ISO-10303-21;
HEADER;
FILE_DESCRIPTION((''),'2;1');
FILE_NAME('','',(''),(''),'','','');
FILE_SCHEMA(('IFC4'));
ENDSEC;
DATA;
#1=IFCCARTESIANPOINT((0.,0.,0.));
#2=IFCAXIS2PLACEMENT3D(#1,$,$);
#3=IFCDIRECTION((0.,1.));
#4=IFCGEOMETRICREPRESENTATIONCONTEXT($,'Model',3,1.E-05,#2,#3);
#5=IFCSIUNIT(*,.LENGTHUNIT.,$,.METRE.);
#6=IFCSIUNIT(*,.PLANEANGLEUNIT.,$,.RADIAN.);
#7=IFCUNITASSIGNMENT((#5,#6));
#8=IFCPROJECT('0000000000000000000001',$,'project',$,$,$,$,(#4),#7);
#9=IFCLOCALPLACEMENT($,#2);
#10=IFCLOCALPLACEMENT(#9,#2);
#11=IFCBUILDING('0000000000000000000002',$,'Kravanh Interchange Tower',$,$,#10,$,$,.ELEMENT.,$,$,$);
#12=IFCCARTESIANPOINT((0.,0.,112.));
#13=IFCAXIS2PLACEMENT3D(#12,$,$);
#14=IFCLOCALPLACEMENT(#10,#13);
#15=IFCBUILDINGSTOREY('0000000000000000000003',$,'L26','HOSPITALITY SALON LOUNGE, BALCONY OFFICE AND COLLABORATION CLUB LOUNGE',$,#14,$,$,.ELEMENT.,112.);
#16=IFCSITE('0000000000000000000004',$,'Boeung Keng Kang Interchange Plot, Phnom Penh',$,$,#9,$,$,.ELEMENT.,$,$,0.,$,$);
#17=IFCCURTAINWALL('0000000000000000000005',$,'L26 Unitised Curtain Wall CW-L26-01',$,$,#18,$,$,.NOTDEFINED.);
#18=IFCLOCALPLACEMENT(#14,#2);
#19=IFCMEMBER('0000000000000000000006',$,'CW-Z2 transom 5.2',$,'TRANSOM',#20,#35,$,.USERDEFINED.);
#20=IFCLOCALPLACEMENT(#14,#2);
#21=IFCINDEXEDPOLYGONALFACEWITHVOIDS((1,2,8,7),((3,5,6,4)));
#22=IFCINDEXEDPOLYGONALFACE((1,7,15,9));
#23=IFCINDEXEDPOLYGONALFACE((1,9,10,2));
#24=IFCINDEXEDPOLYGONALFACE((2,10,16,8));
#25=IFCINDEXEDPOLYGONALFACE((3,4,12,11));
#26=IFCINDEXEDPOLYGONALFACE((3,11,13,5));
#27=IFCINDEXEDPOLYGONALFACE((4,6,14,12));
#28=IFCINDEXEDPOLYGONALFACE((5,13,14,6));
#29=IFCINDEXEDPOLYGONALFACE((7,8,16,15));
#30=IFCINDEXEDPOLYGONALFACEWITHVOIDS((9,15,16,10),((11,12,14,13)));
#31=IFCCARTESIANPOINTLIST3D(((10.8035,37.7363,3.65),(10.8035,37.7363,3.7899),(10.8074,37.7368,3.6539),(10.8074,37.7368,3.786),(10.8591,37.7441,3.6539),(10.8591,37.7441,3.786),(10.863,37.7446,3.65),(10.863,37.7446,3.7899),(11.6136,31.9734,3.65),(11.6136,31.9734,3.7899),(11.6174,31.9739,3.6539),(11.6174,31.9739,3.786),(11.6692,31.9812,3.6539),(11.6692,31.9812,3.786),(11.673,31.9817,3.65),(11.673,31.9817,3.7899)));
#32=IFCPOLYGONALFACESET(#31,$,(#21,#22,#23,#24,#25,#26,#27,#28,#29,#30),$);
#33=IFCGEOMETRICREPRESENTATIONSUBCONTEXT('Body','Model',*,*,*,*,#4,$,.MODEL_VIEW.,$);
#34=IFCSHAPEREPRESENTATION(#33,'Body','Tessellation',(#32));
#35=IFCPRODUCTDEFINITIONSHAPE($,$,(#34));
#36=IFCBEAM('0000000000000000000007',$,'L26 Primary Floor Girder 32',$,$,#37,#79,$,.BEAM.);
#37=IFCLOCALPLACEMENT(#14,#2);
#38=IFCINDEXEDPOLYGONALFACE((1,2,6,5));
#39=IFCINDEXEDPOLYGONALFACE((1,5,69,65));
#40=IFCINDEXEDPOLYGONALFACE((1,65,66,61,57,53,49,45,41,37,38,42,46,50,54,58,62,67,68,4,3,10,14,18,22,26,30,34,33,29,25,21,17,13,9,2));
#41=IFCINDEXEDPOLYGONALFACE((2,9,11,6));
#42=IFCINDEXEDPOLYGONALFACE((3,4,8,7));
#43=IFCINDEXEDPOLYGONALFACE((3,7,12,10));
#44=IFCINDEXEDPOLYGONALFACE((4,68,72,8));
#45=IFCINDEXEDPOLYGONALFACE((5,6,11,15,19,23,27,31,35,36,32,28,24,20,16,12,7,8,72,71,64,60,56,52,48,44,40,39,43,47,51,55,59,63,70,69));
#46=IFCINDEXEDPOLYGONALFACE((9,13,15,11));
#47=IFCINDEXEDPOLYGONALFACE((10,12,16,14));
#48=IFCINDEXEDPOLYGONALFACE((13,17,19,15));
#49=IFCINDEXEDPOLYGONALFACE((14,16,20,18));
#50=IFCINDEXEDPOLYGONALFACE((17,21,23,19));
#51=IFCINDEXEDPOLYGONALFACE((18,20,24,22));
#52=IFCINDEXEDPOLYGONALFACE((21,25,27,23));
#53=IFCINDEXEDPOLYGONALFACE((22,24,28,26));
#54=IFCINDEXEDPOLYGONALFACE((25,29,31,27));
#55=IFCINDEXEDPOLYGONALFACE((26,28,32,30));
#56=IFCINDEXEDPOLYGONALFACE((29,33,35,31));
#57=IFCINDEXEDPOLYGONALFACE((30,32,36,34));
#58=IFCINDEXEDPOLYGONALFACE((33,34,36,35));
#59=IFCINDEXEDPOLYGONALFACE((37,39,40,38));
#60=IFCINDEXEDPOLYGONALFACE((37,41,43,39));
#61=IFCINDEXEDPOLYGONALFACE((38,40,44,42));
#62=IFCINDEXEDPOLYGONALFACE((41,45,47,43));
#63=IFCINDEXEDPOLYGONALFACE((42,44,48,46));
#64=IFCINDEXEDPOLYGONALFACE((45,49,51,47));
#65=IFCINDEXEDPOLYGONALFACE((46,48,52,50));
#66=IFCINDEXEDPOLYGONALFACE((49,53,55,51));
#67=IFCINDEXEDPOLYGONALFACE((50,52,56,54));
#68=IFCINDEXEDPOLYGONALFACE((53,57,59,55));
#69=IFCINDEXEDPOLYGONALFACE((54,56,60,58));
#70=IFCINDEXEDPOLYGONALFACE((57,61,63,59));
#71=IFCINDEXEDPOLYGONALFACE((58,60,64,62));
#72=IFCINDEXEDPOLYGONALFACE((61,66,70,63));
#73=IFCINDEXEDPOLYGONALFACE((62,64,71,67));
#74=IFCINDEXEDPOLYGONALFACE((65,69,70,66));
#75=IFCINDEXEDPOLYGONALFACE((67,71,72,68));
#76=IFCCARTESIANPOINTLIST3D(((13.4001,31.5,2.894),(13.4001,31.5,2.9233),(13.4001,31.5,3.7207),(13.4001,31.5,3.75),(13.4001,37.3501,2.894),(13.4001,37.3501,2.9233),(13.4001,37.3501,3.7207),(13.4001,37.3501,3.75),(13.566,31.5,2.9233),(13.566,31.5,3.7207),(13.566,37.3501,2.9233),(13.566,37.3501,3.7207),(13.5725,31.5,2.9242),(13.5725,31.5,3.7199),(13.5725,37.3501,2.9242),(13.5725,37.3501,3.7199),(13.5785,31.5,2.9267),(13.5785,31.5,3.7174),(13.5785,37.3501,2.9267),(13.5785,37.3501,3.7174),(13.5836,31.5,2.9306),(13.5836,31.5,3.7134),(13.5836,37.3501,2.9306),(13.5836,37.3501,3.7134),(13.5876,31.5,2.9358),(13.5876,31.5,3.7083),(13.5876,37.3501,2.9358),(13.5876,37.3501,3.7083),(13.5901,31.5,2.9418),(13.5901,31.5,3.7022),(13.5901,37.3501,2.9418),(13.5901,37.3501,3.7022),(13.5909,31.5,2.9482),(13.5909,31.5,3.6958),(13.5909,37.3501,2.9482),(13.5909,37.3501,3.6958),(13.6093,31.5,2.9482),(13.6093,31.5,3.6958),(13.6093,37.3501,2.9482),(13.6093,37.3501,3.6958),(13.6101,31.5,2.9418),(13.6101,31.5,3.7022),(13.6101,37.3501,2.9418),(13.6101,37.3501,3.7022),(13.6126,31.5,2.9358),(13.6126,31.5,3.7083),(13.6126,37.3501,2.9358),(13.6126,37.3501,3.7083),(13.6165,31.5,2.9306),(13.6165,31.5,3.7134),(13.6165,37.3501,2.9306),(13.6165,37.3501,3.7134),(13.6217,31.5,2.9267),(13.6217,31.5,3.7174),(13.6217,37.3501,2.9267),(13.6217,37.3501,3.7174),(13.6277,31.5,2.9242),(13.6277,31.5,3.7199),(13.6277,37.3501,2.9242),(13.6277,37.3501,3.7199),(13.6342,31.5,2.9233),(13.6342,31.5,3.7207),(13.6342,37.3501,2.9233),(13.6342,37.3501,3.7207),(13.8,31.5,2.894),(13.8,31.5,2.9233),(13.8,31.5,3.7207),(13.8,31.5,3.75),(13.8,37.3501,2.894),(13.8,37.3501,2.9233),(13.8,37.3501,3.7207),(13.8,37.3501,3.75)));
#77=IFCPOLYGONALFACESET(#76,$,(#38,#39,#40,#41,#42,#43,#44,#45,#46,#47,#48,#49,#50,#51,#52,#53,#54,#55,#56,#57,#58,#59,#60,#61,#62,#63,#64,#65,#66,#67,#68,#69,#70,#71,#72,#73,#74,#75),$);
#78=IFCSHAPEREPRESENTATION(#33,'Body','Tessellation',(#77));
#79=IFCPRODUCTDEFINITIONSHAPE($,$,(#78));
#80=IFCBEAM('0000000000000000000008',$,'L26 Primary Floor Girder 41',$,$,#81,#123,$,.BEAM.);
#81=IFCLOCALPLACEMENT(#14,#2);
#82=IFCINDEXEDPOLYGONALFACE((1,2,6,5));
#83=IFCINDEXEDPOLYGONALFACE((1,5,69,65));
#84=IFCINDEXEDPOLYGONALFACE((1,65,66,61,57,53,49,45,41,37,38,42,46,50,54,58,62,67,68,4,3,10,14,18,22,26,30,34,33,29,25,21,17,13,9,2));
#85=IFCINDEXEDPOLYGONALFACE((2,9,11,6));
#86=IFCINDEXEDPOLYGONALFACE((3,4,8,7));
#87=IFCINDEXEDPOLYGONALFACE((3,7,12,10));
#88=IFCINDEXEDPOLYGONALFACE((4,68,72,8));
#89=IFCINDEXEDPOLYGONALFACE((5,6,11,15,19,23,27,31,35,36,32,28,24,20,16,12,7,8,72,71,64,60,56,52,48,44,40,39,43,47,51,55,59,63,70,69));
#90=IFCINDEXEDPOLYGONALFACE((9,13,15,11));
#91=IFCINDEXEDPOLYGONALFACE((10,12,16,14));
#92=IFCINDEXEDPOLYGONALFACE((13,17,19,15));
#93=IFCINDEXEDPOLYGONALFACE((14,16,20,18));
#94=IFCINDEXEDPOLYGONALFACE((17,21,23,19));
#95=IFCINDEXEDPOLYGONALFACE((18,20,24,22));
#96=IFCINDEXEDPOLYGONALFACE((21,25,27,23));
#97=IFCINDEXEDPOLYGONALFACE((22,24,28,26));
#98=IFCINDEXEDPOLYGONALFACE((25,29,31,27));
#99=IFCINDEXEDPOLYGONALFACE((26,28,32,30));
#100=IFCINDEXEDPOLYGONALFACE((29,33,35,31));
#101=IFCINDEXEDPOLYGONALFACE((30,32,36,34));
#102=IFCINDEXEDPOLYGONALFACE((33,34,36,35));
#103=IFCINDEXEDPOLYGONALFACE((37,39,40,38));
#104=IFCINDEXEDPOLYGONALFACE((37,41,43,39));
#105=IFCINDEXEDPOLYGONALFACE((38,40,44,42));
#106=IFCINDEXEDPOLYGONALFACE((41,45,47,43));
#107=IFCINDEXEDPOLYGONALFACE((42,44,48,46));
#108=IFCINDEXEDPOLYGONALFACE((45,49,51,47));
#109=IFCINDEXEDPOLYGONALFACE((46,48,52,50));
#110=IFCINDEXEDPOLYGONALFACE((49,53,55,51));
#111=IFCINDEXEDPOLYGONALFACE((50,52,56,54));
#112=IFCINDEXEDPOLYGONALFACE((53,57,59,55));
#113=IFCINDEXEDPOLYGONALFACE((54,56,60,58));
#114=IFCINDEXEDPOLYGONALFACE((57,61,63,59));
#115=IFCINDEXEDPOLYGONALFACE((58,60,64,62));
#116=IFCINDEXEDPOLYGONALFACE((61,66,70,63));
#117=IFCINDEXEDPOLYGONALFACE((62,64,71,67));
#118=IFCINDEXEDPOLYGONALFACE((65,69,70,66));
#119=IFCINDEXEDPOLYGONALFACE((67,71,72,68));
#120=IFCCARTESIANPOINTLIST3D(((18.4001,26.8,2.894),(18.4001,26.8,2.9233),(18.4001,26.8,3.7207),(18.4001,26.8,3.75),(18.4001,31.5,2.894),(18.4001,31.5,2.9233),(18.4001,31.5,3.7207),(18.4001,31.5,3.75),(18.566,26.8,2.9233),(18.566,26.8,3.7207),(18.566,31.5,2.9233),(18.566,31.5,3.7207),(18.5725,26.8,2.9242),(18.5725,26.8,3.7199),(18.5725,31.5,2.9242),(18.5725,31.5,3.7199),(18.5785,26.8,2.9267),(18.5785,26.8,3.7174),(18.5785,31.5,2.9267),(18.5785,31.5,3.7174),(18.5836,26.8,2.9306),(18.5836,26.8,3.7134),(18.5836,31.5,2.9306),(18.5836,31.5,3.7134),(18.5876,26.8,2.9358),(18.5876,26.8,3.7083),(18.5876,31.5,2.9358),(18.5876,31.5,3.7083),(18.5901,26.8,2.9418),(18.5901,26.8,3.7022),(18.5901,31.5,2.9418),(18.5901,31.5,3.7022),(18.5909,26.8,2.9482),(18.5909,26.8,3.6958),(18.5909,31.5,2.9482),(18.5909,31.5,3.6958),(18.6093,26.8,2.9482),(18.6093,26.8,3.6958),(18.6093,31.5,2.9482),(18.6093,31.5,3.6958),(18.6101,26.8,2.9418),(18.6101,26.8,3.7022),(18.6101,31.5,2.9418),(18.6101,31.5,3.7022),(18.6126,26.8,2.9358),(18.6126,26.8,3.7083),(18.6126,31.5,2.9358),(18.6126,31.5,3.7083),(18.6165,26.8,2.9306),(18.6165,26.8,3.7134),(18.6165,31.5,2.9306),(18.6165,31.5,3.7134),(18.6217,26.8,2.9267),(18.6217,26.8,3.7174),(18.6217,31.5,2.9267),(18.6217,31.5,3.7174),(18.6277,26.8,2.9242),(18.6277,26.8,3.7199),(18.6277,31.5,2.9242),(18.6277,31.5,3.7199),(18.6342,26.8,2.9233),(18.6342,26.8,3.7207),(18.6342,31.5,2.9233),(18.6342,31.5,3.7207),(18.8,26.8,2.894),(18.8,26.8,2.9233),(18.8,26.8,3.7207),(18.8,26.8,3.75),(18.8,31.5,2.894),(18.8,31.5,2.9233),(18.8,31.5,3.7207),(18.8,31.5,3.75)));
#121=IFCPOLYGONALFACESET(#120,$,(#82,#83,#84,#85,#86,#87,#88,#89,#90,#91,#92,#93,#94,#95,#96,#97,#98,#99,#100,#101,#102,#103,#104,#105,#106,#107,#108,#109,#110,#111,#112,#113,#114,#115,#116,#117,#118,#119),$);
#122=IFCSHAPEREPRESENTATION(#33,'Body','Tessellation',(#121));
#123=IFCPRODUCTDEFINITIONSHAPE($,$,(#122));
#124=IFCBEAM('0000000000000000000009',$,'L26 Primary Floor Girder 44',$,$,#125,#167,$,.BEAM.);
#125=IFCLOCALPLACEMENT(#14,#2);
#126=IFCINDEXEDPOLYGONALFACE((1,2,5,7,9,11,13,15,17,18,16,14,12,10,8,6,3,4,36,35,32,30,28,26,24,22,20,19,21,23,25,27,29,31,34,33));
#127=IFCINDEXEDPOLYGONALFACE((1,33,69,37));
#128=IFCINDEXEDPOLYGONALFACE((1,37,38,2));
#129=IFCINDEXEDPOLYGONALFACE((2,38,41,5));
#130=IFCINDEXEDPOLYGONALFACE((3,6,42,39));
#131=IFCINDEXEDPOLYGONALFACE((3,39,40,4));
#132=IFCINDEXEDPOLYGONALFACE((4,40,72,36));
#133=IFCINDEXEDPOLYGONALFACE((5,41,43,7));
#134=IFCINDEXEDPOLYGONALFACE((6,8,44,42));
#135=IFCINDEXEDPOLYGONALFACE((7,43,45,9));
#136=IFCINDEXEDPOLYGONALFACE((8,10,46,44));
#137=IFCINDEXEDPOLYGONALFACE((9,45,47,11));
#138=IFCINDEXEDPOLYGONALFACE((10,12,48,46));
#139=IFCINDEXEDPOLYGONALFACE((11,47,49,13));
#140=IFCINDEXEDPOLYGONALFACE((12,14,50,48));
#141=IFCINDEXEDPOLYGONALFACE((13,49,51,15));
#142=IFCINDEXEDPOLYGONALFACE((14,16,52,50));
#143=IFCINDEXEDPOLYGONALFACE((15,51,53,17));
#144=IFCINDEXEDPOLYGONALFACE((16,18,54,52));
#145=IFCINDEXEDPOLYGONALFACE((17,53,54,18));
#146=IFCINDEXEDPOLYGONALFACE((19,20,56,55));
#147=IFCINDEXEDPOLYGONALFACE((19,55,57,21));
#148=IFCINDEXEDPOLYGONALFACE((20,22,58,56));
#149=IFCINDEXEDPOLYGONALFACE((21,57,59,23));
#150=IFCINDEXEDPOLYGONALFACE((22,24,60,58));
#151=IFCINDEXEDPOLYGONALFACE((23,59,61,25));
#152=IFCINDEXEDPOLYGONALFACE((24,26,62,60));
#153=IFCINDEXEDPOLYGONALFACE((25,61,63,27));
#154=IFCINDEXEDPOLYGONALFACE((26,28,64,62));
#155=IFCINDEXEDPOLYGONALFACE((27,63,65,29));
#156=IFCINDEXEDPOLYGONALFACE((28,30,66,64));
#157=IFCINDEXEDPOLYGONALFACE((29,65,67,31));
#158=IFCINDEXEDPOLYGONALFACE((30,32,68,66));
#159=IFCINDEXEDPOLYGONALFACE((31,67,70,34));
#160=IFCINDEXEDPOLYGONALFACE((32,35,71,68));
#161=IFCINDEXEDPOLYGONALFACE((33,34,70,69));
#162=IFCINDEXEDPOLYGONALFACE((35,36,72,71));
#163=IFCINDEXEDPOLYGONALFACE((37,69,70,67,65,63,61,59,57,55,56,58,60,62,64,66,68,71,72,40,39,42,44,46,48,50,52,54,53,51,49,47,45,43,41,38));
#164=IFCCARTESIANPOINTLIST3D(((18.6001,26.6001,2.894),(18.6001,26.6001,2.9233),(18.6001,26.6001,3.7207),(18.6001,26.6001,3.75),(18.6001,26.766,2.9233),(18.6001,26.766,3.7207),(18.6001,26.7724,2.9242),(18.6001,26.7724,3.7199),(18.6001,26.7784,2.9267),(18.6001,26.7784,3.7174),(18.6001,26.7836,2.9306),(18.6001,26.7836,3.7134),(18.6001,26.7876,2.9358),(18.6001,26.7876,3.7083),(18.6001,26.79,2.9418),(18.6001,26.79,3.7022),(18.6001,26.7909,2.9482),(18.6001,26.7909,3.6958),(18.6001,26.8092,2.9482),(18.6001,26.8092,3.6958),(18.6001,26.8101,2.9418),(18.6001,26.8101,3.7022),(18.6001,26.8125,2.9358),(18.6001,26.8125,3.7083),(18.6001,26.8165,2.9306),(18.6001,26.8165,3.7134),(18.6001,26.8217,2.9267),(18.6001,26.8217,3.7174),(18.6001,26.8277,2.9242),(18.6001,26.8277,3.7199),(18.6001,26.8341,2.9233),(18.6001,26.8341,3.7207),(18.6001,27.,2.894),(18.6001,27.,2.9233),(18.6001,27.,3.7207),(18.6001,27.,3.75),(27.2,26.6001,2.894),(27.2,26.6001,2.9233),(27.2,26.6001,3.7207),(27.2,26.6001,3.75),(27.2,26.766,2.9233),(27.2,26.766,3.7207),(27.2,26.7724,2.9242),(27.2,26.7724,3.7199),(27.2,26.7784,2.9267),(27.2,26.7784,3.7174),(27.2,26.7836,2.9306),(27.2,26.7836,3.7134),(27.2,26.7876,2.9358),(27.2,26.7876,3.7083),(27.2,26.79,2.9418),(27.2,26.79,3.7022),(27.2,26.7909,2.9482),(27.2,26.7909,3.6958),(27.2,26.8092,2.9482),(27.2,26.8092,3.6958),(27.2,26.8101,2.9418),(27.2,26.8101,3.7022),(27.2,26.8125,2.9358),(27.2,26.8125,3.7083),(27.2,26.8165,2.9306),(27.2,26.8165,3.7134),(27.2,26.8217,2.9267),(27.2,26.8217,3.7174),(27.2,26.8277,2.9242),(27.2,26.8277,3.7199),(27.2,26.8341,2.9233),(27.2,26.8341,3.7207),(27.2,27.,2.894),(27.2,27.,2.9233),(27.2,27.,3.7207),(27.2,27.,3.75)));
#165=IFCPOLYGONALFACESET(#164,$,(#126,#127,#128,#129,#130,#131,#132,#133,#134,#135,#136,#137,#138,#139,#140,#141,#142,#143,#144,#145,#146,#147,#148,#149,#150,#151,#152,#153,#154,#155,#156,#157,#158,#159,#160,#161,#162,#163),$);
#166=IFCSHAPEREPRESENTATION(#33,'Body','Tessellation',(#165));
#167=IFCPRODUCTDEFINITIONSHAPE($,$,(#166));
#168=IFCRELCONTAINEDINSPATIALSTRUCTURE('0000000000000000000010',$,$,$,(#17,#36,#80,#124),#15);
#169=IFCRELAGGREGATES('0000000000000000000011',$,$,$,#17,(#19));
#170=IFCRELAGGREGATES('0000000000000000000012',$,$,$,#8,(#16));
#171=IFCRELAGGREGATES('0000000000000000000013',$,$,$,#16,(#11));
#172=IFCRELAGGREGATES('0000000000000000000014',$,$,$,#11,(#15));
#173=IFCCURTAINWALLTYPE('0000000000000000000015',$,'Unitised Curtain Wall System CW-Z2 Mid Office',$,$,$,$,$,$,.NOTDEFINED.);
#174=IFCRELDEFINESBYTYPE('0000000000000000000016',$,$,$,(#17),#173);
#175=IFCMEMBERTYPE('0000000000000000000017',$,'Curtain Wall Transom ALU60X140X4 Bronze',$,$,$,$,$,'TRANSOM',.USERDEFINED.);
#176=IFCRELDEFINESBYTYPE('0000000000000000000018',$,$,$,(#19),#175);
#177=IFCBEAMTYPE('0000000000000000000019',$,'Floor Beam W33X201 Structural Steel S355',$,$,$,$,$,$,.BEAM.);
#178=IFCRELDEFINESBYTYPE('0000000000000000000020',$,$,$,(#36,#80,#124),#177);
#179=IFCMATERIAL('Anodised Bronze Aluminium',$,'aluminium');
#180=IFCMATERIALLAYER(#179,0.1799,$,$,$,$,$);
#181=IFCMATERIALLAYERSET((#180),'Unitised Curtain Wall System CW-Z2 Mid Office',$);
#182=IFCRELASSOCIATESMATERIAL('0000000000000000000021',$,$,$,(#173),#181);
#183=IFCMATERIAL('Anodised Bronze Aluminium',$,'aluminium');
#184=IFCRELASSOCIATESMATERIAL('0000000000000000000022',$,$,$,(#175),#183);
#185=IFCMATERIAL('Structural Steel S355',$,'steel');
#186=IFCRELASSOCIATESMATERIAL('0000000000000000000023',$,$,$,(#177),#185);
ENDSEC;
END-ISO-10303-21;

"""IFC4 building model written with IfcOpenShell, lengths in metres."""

from ifc_helpers import new_model, si_unit, direction, frame, origin, origin_2d, place, context, subcontext, project, spatial, hollow_rectangle, i_section, extrude, material, layer, layer_set, material_profile, profile_set, type_object, element, aggregate, save


model = new_model("IFC4")

# Units and contexts
model_context = context("Model", 3, precision=1e-05, world=origin(), true_north=direction((0.0, 1.0)))
body_context = subcontext(model_context, "Body", "Model", "MODEL_VIEW")
ifc_project = project(units=[si_unit("LENGTHUNIT", "METRE"), si_unit("PLANEANGLEUNIT", "RADIAN")], contexts=[model_context])

# Site, building, storey
site_placement = place(None, origin())
site = spatial("IfcSite", under=ifc_project, at=site_placement, Name="Boeung Keng Kang Interchange Plot, Phnom Penh", CompositionType="ELEMENT", RefElevation=0.0)
building_placement = place(site_placement, origin())
building = spatial("IfcBuilding", under=site, at=building_placement, Name="Kravanh Interchange Tower", CompositionType="ELEMENT")
storey_placement = place(building_placement, frame((0.0, 0.0, 112.0)))
storey = spatial("IfcBuildingStorey", under=building, at=storey_placement, Name="L26", Description="HOSPITALITY SALON LOUNGE, BALCONY OFFICE AND COLLABORATION CLUB LOUNGE", CompositionType="ELEMENT", Elevation=112.0)

# Curtain wall, member
ifc_material_1 = material(Name="Anodised Bronze Aluminium", Category="aluminium")
ifc_layer_1 = layer(ifc_material_1, 0.1799)
ifc_layer_set_1 = layer_set([ifc_layer_1], Name="Unitised Curtain Wall System CW-Z2 Mid Office")
curtain_wall_type = type_object("IfcCurtainWallType", Name="Unitised Curtain Wall System CW-Z2 Mid Office", PredefinedType="NOTDEFINED", material=ifc_layer_set_1)
curtain_wall_placement = place(storey_placement, origin())
curtain_wall = element("IfcCurtainWall", 1, at=curtain_wall_placement, inside=storey, type_object=curtain_wall_type, Name="L26 Unitised Curtain Wall CW-L26-01", PredefinedType="NOTDEFINED")
ifc_material_2 = material(Name="Anodised Bronze Aluminium", Category="aluminium")
ifc_material_profile_1 = material_profile(ifc_material_2, hollow_rectangle(XDim=0.0601, YDim=0.1399, WallThickness=0.0039, at=origin_2d()), Name="ALU60X140X4")
ifc_profile_set_1 = profile_set([ifc_material_profile_1], Name="Anodised Bronze Aluminium")
member_type_1 = type_object("IfcMemberType", Name="Curtain Wall Transom ALU60X140X4 Bronze", ElementType="TRANSOM", PredefinedType="USERDEFINED", material=ifc_profile_set_1)
member_1_placement = place(storey_placement, frame((11.6433, 31.9775, 3.72), z_axis=(-0.139195, 0.990265, 0.0), x_axis=(-0.990265, -0.139195, 0.0)))
member_1 = element("IfcMember", 2, at=member_1_placement, type_object=member_type_1, Name="CW-Z2 transom 5.2", ObjectType="TRANSOM", PredefinedType="USERDEFINED", context=body_context, shape_type="SweptSolid", body=[
    extrude(hollow_rectangle(XDim=0.0601, YDim=0.1399, WallThickness=0.0039, at=origin_2d()), origin(), (0.0, 0.0, 1.0), 5.8196),
])

# Beams
ifc_material_3 = material(Name="Structural Steel S355", Category="steel")
ifc_material_profile_2 = material_profile(ifc_material_3, i_section(OverallWidth=0.3999, OverallDepth=0.856, WebThickness=0.0183, FlangeThickness=0.0293, FilletRadius=0.0249, at=origin_2d()), Name="W33X201")
ifc_profile_set_2 = profile_set([ifc_material_profile_2], Name="Structural Steel S355")
beam_type_1 = type_object("IfcBeamType", Name="Floor Beam W33X201 Structural Steel S355", PredefinedType="BEAM", material=ifc_profile_set_2)
beam_1_placement = place(storey_placement, frame((13.6001, 37.3501, 3.322), z_axis=(0.0, -1.0, 0.0), x_axis=(1.0, 0.0, 0.0)))
element("IfcBeam", 3, at=beam_1_placement, inside=storey, type_object=beam_type_1, Name="L26 Primary Floor Girder 32", PredefinedType="BEAM", context=body_context, shape_type="SweptSolid", body=[
    extrude(i_section(OverallWidth=0.3999, OverallDepth=0.856, WebThickness=0.0183, FlangeThickness=0.0293, FilletRadius=0.0249, at=origin_2d()), origin(), (0.0, 0.0, 1.0), 5.8501),
])
beam_2_placement = place(storey_placement, frame((18.6001, 26.8, 3.322), z_axis=(0.0, 1.0, 0.0), x_axis=(-1.0, 0.0, 0.0)))
element("IfcBeam", 4, at=beam_2_placement, inside=storey, type_object=beam_type_1, Name="L26 Primary Floor Girder 41", PredefinedType="BEAM", context=body_context, shape_type="SweptSolid", body=[
    extrude(i_section(OverallWidth=0.3999, OverallDepth=0.856, WebThickness=0.0183, FlangeThickness=0.0293, FilletRadius=0.0249, at=origin_2d()), origin(), (0.0, 0.0, 1.0), 4.7),
])
beam_3_placement = place(storey_placement, frame((18.6001, 26.8, 3.322), z_axis=(1.0, 0.0, 0.0), x_axis=(0.0, 1.0, 0.0)))
element("IfcBeam", 5, at=beam_3_placement, inside=storey, type_object=beam_type_1, Name="L26 Primary Floor Girder 44", PredefinedType="BEAM", context=body_context, shape_type="SweptSolid", body=[
    extrude(i_section(OverallWidth=0.3999, OverallDepth=0.856, WebThickness=0.0183, FlangeThickness=0.0293, FilletRadius=0.0249, at=origin_2d()), origin(), (0.0, 0.0, 1.0), 8.5999),
])

aggregate(curtain_wall, [member_1])

save(model, "model.ifc")
